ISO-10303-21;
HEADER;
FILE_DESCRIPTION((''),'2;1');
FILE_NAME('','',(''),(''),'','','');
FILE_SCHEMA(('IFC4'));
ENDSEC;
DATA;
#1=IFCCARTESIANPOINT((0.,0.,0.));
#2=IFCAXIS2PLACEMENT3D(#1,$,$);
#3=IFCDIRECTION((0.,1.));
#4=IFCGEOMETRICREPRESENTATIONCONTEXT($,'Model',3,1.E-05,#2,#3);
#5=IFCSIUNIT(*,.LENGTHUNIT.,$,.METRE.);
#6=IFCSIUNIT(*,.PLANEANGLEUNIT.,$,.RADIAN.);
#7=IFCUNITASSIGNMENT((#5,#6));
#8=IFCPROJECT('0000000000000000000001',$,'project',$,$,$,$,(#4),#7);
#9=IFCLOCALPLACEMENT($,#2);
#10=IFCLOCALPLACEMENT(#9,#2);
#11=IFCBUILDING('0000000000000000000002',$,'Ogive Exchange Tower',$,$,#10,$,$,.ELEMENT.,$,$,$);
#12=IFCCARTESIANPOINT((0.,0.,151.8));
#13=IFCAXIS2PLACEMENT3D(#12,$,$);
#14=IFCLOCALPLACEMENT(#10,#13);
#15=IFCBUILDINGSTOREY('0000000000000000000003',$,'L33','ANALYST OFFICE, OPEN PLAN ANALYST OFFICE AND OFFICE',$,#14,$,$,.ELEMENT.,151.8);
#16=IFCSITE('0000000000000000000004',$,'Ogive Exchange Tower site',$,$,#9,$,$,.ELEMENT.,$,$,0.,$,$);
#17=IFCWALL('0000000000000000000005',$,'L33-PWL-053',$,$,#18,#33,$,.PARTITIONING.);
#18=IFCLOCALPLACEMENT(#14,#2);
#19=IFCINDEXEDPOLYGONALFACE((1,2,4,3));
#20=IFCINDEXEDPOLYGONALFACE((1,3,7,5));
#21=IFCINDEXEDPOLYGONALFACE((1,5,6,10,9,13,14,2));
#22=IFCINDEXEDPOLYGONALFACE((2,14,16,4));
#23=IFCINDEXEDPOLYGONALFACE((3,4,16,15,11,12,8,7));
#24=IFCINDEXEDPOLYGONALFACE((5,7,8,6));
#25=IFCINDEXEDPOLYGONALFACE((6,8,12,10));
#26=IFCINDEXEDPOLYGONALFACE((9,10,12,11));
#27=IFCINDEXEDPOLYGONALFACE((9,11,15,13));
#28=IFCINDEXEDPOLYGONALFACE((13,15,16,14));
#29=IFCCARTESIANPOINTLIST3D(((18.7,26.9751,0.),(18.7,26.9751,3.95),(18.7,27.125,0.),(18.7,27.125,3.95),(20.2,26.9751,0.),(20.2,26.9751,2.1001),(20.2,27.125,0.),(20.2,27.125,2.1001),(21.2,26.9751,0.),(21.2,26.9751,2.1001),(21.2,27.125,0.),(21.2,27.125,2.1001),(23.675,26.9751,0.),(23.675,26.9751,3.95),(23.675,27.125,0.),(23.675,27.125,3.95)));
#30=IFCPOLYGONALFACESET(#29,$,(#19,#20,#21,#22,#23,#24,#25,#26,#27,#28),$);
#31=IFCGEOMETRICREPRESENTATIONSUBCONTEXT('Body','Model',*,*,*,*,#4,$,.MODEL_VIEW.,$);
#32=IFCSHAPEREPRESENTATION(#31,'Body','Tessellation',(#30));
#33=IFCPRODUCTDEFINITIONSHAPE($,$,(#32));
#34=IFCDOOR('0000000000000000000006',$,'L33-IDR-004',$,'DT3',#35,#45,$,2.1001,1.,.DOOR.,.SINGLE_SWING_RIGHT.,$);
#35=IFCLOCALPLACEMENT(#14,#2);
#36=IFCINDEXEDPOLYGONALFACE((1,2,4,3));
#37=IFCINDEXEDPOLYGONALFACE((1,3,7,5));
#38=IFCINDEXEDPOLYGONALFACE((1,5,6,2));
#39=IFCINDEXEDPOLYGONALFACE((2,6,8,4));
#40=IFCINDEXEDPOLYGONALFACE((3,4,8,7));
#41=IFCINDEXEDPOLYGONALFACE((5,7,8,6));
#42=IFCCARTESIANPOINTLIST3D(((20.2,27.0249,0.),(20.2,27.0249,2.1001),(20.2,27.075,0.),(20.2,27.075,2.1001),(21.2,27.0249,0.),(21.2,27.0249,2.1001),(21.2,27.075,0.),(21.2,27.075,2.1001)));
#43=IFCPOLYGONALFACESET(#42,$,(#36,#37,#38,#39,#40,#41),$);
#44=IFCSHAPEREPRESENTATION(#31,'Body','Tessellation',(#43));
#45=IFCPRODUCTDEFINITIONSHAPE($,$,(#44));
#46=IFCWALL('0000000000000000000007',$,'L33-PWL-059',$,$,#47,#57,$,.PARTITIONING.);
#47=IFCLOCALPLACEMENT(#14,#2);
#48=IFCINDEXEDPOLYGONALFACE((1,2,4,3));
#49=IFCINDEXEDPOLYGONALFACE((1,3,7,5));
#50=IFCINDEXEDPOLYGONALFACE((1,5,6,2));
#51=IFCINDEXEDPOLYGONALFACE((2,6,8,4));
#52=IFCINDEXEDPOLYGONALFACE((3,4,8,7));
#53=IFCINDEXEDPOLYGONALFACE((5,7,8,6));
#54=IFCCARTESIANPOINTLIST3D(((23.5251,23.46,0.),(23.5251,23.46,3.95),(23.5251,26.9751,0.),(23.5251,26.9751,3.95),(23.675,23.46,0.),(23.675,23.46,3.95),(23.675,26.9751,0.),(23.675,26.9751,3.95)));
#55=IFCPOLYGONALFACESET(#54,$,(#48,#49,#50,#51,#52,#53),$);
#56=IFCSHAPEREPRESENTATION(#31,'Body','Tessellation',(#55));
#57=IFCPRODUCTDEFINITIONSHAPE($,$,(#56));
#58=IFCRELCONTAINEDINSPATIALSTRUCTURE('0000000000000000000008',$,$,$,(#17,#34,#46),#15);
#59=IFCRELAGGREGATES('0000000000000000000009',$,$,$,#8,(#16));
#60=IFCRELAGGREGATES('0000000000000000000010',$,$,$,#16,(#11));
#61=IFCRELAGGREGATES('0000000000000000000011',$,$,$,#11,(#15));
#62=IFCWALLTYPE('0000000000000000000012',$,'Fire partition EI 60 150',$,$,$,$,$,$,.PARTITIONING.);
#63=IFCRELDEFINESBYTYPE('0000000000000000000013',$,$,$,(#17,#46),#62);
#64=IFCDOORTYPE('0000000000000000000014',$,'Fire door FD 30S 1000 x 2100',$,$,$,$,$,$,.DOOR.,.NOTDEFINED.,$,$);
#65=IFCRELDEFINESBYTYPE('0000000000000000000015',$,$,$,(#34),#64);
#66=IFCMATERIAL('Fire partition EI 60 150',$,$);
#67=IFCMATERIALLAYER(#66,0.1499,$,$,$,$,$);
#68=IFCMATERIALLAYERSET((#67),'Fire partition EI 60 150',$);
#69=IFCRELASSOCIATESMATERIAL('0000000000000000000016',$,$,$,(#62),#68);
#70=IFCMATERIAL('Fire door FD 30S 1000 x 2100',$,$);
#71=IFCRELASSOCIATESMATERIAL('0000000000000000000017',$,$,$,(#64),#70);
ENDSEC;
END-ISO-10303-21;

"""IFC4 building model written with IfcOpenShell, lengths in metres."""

from ifc_helpers import new_model, si_unit, direction, frame, frame_2d, origin, place, context, subcontext, project, spatial, rectangle, extrude, material, layer, layer_set, type_object, element, fill, save


model = new_model("IFC4")

# Units and contexts
model_context = context("Model", 3, precision=1e-05, world=origin(), true_north=direction((0.0, 1.0)))
body_context = subcontext(model_context, "Body", "Model", "MODEL_VIEW")
ifc_project = project(units=[si_unit("LENGTHUNIT", "METRE"), si_unit("PLANEANGLEUNIT", "RADIAN")], contexts=[model_context])

# Site, building, storey
site_placement = place(None, origin())
site = spatial("IfcSite", under=ifc_project, at=site_placement, Name="Ogive Exchange Tower site", CompositionType="ELEMENT", RefElevation=0.0)
building_placement = place(site_placement, origin())
building = spatial("IfcBuilding", under=site, at=building_placement, Name="Ogive Exchange Tower", CompositionType="ELEMENT")
storey_placement = place(building_placement, frame((0.0, 0.0, 151.8)))
storey = spatial("IfcBuildingStorey", under=building, at=storey_placement, Name="L33", Description="ANALYST OFFICE, OPEN PLAN ANALYST OFFICE AND OFFICE", CompositionType="ELEMENT", Elevation=151.8)

# Wall, opening, door
ifc_material_1 = material(Name="Fire partition EI 60 150")
ifc_layer_1 = layer(ifc_material_1, 0.1499)
ifc_layer_set_1 = layer_set([ifc_layer_1], Name="Fire partition EI 60 150")
wall_type_1 = type_object("IfcWallType", Name="Fire partition EI 60 150", PredefinedType="PARTITIONING", material=ifc_layer_set_1)
wall_1_placement = place(storey_placement, frame((18.7, 27.05, 0.0), z_axis=(0.0, 0.0, 1.0), x_axis=(1.0, 0.0, 0.0)))
wall_1 = element("IfcWall", 1, at=wall_1_placement, inside=storey, type_object=wall_type_1, Name="L33-PWL-053", PredefinedType="PARTITIONING", context=body_context, shape_type="SweptSolid", body=[
    extrude(rectangle(XDim=4.9751, YDim=0.1499, at=frame_2d((2.4875, 0.0))), origin(), (0.0, 0.0, 1.0), 3.95),
])
opening_1_placement = place(wall_1_placement, frame((1.5, 0.0, 0.0)))
opening_1 = element("IfcOpeningElement", 2, at=opening_1_placement, cuts=wall_1, PredefinedType="OPENING", context=body_context, shape_type="SweptSolid", body=[
    extrude(rectangle(XDim=1.0, YDim=2.1001, at=frame_2d((0.5, 1.05))), frame((0.0, 0.085, 0.0), z_axis=(0.0, -1.0, 0.0), x_axis=(1.0, 0.0, 0.0)), (0.0, 0.0, 1.0), 0.1699),
])
ifc_material_2 = material(Name="Fire door FD 30S 1000 x 2100")
door_type_1 = type_object("IfcDoorType", Name="Fire door FD 30S 1000 x 2100", OperationType="NOTDEFINED", PredefinedType="DOOR", material=ifc_material_2)
door_1_placement = place(opening_1_placement, origin())
door_1 = element("IfcDoor", 3, at=door_1_placement, inside=storey, type_object=door_type_1, Name="L33-IDR-004", ObjectType="DT3", OperationType="SINGLE_SWING_RIGHT", OverallHeight=2.1001, OverallWidth=1.0, PredefinedType="DOOR", context=body_context, shape_type="SweptSolid", body=[
    extrude(rectangle(XDim=1.0, YDim=2.1001, at=frame_2d((0.5, 1.05))), frame((0.0, 0.0249, 0.0), z_axis=(0.0, -1.0, 0.0), x_axis=(1.0, 0.0, 0.0)), (0.0, 0.0, 1.0), 0.05),
])
fill(opening_1, door_1)

# Wall
wall_2_placement = place(storey_placement, frame((23.6001, 26.9751, 0.0), z_axis=(0.0, 0.0, 1.0), x_axis=(0.0, -1.0, 0.0)))
element("IfcWall", 4, at=wall_2_placement, inside=storey, type_object=wall_type_1, Name="L33-PWL-059", PredefinedType="PARTITIONING", context=body_context, shape_type="SweptSolid", body=[
    extrude(rectangle(XDim=3.5151, YDim=0.1499, at=frame_2d((1.7576, 0.0))), origin(), (0.0, 0.0, 1.0), 3.95),
])

save(model, "model.ifc")
